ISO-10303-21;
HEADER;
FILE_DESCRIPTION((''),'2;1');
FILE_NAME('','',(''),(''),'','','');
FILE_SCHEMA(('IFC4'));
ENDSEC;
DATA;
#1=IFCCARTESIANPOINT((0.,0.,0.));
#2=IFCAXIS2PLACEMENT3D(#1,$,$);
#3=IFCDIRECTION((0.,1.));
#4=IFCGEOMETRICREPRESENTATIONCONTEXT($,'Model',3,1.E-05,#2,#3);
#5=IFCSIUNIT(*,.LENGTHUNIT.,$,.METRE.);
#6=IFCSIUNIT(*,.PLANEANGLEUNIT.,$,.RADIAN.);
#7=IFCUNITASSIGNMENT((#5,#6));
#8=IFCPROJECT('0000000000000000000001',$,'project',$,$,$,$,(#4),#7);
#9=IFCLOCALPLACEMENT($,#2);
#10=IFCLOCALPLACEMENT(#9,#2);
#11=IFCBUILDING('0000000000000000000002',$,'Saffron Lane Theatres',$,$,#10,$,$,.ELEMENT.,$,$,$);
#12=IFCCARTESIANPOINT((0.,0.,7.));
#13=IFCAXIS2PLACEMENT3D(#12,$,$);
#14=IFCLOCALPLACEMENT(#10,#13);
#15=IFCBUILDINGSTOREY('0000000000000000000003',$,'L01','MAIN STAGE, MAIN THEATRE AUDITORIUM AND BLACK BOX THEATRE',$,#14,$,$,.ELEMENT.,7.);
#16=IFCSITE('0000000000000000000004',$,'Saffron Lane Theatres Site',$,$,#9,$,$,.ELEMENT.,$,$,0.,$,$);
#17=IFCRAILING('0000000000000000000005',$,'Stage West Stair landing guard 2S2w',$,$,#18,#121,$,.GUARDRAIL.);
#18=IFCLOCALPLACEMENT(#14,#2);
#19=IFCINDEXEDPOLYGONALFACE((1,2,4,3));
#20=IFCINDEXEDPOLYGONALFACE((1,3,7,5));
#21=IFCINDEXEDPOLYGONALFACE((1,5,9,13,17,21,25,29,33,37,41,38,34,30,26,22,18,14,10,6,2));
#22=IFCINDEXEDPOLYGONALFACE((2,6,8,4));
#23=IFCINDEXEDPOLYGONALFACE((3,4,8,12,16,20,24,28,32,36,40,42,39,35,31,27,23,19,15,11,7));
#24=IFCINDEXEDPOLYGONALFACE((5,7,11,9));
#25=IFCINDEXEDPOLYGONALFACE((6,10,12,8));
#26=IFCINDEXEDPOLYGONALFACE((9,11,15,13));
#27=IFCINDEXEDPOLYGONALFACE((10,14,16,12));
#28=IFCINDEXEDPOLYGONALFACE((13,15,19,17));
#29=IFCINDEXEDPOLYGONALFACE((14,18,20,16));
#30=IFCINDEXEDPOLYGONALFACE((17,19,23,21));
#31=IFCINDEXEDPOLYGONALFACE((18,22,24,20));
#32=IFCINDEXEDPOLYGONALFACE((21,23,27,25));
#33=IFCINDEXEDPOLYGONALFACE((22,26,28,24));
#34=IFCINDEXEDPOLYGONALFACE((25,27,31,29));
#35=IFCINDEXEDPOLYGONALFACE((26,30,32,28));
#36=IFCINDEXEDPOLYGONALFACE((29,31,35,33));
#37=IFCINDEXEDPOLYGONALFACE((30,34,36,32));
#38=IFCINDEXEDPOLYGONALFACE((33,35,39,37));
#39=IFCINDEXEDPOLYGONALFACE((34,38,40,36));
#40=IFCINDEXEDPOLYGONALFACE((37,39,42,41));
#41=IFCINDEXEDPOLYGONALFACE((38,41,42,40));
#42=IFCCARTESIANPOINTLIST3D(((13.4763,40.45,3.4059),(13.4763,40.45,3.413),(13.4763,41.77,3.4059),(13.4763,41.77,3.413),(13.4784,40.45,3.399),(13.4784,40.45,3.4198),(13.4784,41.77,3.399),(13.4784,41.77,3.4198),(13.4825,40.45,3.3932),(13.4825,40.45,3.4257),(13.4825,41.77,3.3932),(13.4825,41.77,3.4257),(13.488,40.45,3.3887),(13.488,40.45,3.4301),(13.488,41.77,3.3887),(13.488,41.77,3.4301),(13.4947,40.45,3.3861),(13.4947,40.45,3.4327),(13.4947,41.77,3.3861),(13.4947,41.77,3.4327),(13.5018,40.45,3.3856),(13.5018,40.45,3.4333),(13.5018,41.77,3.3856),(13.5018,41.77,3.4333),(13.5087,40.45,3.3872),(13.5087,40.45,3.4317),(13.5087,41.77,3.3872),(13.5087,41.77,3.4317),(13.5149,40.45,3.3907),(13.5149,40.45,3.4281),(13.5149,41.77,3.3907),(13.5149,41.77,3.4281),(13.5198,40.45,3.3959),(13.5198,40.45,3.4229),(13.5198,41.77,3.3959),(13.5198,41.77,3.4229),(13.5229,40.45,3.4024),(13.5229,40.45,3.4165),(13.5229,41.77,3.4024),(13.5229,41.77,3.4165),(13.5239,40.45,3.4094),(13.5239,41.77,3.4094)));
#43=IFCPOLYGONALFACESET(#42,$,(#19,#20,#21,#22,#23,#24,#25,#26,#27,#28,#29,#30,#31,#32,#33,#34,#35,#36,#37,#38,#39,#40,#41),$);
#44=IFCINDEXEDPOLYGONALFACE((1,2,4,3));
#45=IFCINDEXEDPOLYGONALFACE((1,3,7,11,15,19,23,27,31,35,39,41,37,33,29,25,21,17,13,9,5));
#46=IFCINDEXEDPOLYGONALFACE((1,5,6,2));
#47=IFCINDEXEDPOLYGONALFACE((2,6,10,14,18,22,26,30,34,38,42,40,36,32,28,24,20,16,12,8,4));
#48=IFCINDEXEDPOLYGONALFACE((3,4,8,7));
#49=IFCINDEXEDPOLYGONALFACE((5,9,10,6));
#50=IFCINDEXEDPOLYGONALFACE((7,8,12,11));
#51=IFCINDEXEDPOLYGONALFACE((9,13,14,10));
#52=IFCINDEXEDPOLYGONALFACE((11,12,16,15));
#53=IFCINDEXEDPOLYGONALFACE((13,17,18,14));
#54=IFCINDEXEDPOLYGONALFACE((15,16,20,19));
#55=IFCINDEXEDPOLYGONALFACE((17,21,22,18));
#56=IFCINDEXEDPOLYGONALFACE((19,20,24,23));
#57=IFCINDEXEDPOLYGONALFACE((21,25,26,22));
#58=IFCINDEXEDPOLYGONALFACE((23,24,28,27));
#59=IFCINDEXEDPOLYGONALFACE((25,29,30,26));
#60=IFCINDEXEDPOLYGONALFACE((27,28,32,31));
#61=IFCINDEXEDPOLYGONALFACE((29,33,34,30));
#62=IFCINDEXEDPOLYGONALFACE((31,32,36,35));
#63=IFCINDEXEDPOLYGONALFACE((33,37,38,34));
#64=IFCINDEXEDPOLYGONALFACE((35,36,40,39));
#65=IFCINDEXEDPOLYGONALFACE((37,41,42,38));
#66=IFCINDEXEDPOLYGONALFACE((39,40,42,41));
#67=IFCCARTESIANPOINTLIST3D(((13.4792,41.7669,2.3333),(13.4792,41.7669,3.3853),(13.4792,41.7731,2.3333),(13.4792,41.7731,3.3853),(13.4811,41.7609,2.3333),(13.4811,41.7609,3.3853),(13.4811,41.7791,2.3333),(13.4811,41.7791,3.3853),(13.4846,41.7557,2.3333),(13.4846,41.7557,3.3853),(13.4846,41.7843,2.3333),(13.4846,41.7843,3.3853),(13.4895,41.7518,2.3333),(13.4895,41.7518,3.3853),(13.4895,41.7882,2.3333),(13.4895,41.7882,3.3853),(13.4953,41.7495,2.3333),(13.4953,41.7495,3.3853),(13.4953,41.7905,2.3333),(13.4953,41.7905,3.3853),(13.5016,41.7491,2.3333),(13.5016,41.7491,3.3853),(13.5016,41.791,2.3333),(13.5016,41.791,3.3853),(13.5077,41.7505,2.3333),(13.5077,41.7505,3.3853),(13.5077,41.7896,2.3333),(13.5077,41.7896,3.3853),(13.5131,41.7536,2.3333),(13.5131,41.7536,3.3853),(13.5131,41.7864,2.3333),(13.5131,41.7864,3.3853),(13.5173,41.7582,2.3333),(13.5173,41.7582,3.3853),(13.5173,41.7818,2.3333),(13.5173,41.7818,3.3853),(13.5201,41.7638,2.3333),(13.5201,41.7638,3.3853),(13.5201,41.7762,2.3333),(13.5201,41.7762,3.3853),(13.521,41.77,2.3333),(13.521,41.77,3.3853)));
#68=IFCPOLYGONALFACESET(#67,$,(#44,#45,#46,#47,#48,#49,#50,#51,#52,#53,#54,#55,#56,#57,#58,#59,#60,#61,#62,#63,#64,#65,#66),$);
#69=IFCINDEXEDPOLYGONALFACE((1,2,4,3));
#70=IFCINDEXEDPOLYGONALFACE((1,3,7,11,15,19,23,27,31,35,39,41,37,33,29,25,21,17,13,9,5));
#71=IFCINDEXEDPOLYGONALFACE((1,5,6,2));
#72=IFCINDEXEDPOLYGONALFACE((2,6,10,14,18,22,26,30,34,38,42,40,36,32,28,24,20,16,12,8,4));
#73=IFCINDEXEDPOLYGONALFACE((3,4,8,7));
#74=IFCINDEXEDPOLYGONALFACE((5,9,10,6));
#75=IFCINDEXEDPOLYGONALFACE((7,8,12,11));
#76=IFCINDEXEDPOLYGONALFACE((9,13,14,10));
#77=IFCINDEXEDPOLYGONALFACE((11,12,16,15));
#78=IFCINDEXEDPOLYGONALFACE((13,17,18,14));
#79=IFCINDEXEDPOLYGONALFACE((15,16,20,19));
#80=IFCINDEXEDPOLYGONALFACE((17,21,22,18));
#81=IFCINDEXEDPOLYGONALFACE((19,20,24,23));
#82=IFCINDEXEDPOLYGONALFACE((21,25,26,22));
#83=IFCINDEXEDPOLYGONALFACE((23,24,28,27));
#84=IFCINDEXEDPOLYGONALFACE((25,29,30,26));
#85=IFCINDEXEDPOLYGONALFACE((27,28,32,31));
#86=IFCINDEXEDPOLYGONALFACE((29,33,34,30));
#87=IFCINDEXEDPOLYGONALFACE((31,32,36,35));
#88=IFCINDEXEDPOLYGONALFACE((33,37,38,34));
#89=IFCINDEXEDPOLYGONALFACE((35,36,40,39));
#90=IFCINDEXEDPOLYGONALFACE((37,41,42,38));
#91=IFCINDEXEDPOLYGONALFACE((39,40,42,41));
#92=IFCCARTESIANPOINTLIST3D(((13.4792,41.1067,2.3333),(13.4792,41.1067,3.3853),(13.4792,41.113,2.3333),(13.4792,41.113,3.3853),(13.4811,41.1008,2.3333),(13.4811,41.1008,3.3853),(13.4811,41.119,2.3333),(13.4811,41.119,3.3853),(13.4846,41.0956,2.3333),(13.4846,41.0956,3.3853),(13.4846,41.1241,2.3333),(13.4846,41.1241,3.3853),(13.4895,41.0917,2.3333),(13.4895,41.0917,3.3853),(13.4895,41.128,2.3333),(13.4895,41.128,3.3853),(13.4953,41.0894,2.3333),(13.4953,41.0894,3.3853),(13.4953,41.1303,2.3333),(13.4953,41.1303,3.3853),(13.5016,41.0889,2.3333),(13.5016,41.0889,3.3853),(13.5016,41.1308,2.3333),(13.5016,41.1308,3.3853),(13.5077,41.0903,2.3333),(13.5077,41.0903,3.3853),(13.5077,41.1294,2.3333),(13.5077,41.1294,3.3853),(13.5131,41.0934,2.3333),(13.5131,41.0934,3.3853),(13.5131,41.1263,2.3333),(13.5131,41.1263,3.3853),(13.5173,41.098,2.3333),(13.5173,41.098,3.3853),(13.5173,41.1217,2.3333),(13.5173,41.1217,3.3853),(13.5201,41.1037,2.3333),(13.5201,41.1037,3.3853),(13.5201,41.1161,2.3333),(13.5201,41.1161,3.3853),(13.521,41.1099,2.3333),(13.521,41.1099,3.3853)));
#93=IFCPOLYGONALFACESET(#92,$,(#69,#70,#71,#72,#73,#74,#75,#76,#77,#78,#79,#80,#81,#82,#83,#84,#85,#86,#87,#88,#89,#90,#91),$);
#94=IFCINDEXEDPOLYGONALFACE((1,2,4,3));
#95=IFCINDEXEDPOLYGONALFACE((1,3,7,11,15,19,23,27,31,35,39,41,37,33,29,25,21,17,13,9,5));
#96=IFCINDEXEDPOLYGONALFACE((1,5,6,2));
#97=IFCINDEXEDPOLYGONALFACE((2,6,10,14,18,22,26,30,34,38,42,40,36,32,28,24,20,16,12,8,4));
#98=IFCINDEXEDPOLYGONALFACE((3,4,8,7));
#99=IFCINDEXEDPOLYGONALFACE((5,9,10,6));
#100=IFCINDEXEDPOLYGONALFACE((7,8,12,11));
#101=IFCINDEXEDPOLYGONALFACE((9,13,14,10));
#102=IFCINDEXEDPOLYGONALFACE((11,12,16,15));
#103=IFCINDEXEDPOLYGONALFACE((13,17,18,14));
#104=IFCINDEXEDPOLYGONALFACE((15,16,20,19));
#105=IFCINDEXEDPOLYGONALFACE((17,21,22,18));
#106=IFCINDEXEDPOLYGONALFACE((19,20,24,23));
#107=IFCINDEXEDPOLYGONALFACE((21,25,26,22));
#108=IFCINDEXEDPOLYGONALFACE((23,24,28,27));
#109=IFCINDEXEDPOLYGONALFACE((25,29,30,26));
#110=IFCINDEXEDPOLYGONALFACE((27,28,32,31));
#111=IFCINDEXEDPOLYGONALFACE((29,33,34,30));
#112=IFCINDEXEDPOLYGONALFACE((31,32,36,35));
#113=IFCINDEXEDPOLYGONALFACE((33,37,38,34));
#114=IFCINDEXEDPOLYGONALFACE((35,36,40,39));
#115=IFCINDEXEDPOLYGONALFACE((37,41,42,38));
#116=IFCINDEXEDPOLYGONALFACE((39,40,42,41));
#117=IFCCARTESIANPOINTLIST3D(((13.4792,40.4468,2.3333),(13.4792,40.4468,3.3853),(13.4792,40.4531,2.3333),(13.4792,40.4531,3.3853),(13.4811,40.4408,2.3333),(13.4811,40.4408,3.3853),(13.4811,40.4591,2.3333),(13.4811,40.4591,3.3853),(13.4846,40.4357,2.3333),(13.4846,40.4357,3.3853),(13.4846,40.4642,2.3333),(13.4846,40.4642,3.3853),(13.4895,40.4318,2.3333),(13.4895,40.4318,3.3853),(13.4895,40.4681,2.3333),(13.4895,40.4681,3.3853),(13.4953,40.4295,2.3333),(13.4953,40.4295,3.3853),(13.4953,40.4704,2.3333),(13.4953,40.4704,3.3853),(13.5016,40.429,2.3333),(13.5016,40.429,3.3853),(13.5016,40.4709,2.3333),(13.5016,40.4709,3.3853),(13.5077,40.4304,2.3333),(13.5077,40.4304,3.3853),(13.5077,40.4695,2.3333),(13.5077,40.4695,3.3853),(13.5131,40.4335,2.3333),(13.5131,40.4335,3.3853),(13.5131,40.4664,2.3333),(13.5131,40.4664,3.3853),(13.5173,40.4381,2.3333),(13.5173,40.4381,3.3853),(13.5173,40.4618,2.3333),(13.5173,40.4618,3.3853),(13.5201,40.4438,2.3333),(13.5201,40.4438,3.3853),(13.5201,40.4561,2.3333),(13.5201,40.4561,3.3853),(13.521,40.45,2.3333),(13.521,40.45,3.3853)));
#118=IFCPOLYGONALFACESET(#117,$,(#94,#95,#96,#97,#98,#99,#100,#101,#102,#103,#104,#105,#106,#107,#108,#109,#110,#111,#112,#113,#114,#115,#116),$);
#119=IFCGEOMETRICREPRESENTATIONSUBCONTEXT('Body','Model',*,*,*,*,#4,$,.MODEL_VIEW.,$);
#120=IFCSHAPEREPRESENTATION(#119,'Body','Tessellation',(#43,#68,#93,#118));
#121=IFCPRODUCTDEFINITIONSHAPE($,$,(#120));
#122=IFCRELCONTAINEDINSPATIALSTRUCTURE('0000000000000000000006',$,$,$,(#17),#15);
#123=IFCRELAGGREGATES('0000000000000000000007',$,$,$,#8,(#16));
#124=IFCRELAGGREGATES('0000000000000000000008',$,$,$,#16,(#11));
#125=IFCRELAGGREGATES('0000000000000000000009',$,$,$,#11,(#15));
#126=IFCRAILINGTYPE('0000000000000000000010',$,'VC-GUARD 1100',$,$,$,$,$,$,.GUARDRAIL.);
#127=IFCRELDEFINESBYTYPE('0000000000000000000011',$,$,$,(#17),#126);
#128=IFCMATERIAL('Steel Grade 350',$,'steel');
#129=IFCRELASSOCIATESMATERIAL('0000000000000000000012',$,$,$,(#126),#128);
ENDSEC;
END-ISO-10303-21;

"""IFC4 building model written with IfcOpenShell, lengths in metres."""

from ifc_helpers import new_model, si_unit, direction, frame, origin, origin_2d, place, context, subcontext, project, spatial, circle, extrude, material, type_object, element, save


model = new_model("IFC4")

# Units and contexts
model_context = context("Model", 3, precision=1e-05, world=origin(), true_north=direction((0.0, 1.0)))
body_context = subcontext(model_context, "Body", "Model", "MODEL_VIEW")
ifc_project = project(units=[si_unit("LENGTHUNIT", "METRE"), si_unit("PLANEANGLEUNIT", "RADIAN")], contexts=[model_context])

# Site, building, storey
site_placement = place(None, origin())
site = spatial("IfcSite", under=ifc_project, at=site_placement, Name="Saffron Lane Theatres Site", CompositionType="ELEMENT", RefElevation=0.0)
building_placement = place(site_placement, origin())
building = spatial("IfcBuilding", under=site, at=building_placement, Name="Saffron Lane Theatres", CompositionType="ELEMENT")
storey_placement = place(building_placement, frame((0.0, 0.0, 7.0)))
storey = spatial("IfcBuildingStorey", under=building, at=storey_placement, Name="L01", Description="MAIN STAGE, MAIN THEATRE AUDITORIUM AND BLACK BOX THEATRE", CompositionType="ELEMENT", Elevation=7.0)

# Railing
ifc_material_1 = material(Name="Steel Grade 350", Category="steel")
railing_type_1 = type_object("IfcRailingType", Name="VC-GUARD 1100", PredefinedType="GUARDRAIL", material=ifc_material_1)
railing_1_placement = place(storey_placement, frame((13.5, 41.77, 2.3333)))
element("IfcRailing", 1, at=railing_1_placement, inside=storey, type_object=railing_type_1, Name="Stage West Stair landing guard 2S2w", PredefinedType="GUARDRAIL", context=body_context, shape_type="SweptSolid", body=[
    extrude(circle(Radius=0.0239, at=origin_2d()), frame((0.0, 0.0, 1.0762), z_axis=(0.0, -1.0, 0.0), x_axis=(1.0, 0.0, 0.0)), (0.0, 0.0, 1.0), 1.3201),
    extrude(circle(Radius=0.021, at=origin_2d()), origin(), (0.0, 0.0, 1.0), 1.052),
    extrude(circle(Radius=0.021, at=origin_2d()), frame((0.0, -0.6602, 0.0)), (0.0, 0.0, 1.0), 1.052),
    extrude(circle(Radius=0.021, at=origin_2d()), frame((0.0, -1.3201, 0.0)), (0.0, 0.0, 1.0), 1.052),
])

save(model, "model.ifc")
